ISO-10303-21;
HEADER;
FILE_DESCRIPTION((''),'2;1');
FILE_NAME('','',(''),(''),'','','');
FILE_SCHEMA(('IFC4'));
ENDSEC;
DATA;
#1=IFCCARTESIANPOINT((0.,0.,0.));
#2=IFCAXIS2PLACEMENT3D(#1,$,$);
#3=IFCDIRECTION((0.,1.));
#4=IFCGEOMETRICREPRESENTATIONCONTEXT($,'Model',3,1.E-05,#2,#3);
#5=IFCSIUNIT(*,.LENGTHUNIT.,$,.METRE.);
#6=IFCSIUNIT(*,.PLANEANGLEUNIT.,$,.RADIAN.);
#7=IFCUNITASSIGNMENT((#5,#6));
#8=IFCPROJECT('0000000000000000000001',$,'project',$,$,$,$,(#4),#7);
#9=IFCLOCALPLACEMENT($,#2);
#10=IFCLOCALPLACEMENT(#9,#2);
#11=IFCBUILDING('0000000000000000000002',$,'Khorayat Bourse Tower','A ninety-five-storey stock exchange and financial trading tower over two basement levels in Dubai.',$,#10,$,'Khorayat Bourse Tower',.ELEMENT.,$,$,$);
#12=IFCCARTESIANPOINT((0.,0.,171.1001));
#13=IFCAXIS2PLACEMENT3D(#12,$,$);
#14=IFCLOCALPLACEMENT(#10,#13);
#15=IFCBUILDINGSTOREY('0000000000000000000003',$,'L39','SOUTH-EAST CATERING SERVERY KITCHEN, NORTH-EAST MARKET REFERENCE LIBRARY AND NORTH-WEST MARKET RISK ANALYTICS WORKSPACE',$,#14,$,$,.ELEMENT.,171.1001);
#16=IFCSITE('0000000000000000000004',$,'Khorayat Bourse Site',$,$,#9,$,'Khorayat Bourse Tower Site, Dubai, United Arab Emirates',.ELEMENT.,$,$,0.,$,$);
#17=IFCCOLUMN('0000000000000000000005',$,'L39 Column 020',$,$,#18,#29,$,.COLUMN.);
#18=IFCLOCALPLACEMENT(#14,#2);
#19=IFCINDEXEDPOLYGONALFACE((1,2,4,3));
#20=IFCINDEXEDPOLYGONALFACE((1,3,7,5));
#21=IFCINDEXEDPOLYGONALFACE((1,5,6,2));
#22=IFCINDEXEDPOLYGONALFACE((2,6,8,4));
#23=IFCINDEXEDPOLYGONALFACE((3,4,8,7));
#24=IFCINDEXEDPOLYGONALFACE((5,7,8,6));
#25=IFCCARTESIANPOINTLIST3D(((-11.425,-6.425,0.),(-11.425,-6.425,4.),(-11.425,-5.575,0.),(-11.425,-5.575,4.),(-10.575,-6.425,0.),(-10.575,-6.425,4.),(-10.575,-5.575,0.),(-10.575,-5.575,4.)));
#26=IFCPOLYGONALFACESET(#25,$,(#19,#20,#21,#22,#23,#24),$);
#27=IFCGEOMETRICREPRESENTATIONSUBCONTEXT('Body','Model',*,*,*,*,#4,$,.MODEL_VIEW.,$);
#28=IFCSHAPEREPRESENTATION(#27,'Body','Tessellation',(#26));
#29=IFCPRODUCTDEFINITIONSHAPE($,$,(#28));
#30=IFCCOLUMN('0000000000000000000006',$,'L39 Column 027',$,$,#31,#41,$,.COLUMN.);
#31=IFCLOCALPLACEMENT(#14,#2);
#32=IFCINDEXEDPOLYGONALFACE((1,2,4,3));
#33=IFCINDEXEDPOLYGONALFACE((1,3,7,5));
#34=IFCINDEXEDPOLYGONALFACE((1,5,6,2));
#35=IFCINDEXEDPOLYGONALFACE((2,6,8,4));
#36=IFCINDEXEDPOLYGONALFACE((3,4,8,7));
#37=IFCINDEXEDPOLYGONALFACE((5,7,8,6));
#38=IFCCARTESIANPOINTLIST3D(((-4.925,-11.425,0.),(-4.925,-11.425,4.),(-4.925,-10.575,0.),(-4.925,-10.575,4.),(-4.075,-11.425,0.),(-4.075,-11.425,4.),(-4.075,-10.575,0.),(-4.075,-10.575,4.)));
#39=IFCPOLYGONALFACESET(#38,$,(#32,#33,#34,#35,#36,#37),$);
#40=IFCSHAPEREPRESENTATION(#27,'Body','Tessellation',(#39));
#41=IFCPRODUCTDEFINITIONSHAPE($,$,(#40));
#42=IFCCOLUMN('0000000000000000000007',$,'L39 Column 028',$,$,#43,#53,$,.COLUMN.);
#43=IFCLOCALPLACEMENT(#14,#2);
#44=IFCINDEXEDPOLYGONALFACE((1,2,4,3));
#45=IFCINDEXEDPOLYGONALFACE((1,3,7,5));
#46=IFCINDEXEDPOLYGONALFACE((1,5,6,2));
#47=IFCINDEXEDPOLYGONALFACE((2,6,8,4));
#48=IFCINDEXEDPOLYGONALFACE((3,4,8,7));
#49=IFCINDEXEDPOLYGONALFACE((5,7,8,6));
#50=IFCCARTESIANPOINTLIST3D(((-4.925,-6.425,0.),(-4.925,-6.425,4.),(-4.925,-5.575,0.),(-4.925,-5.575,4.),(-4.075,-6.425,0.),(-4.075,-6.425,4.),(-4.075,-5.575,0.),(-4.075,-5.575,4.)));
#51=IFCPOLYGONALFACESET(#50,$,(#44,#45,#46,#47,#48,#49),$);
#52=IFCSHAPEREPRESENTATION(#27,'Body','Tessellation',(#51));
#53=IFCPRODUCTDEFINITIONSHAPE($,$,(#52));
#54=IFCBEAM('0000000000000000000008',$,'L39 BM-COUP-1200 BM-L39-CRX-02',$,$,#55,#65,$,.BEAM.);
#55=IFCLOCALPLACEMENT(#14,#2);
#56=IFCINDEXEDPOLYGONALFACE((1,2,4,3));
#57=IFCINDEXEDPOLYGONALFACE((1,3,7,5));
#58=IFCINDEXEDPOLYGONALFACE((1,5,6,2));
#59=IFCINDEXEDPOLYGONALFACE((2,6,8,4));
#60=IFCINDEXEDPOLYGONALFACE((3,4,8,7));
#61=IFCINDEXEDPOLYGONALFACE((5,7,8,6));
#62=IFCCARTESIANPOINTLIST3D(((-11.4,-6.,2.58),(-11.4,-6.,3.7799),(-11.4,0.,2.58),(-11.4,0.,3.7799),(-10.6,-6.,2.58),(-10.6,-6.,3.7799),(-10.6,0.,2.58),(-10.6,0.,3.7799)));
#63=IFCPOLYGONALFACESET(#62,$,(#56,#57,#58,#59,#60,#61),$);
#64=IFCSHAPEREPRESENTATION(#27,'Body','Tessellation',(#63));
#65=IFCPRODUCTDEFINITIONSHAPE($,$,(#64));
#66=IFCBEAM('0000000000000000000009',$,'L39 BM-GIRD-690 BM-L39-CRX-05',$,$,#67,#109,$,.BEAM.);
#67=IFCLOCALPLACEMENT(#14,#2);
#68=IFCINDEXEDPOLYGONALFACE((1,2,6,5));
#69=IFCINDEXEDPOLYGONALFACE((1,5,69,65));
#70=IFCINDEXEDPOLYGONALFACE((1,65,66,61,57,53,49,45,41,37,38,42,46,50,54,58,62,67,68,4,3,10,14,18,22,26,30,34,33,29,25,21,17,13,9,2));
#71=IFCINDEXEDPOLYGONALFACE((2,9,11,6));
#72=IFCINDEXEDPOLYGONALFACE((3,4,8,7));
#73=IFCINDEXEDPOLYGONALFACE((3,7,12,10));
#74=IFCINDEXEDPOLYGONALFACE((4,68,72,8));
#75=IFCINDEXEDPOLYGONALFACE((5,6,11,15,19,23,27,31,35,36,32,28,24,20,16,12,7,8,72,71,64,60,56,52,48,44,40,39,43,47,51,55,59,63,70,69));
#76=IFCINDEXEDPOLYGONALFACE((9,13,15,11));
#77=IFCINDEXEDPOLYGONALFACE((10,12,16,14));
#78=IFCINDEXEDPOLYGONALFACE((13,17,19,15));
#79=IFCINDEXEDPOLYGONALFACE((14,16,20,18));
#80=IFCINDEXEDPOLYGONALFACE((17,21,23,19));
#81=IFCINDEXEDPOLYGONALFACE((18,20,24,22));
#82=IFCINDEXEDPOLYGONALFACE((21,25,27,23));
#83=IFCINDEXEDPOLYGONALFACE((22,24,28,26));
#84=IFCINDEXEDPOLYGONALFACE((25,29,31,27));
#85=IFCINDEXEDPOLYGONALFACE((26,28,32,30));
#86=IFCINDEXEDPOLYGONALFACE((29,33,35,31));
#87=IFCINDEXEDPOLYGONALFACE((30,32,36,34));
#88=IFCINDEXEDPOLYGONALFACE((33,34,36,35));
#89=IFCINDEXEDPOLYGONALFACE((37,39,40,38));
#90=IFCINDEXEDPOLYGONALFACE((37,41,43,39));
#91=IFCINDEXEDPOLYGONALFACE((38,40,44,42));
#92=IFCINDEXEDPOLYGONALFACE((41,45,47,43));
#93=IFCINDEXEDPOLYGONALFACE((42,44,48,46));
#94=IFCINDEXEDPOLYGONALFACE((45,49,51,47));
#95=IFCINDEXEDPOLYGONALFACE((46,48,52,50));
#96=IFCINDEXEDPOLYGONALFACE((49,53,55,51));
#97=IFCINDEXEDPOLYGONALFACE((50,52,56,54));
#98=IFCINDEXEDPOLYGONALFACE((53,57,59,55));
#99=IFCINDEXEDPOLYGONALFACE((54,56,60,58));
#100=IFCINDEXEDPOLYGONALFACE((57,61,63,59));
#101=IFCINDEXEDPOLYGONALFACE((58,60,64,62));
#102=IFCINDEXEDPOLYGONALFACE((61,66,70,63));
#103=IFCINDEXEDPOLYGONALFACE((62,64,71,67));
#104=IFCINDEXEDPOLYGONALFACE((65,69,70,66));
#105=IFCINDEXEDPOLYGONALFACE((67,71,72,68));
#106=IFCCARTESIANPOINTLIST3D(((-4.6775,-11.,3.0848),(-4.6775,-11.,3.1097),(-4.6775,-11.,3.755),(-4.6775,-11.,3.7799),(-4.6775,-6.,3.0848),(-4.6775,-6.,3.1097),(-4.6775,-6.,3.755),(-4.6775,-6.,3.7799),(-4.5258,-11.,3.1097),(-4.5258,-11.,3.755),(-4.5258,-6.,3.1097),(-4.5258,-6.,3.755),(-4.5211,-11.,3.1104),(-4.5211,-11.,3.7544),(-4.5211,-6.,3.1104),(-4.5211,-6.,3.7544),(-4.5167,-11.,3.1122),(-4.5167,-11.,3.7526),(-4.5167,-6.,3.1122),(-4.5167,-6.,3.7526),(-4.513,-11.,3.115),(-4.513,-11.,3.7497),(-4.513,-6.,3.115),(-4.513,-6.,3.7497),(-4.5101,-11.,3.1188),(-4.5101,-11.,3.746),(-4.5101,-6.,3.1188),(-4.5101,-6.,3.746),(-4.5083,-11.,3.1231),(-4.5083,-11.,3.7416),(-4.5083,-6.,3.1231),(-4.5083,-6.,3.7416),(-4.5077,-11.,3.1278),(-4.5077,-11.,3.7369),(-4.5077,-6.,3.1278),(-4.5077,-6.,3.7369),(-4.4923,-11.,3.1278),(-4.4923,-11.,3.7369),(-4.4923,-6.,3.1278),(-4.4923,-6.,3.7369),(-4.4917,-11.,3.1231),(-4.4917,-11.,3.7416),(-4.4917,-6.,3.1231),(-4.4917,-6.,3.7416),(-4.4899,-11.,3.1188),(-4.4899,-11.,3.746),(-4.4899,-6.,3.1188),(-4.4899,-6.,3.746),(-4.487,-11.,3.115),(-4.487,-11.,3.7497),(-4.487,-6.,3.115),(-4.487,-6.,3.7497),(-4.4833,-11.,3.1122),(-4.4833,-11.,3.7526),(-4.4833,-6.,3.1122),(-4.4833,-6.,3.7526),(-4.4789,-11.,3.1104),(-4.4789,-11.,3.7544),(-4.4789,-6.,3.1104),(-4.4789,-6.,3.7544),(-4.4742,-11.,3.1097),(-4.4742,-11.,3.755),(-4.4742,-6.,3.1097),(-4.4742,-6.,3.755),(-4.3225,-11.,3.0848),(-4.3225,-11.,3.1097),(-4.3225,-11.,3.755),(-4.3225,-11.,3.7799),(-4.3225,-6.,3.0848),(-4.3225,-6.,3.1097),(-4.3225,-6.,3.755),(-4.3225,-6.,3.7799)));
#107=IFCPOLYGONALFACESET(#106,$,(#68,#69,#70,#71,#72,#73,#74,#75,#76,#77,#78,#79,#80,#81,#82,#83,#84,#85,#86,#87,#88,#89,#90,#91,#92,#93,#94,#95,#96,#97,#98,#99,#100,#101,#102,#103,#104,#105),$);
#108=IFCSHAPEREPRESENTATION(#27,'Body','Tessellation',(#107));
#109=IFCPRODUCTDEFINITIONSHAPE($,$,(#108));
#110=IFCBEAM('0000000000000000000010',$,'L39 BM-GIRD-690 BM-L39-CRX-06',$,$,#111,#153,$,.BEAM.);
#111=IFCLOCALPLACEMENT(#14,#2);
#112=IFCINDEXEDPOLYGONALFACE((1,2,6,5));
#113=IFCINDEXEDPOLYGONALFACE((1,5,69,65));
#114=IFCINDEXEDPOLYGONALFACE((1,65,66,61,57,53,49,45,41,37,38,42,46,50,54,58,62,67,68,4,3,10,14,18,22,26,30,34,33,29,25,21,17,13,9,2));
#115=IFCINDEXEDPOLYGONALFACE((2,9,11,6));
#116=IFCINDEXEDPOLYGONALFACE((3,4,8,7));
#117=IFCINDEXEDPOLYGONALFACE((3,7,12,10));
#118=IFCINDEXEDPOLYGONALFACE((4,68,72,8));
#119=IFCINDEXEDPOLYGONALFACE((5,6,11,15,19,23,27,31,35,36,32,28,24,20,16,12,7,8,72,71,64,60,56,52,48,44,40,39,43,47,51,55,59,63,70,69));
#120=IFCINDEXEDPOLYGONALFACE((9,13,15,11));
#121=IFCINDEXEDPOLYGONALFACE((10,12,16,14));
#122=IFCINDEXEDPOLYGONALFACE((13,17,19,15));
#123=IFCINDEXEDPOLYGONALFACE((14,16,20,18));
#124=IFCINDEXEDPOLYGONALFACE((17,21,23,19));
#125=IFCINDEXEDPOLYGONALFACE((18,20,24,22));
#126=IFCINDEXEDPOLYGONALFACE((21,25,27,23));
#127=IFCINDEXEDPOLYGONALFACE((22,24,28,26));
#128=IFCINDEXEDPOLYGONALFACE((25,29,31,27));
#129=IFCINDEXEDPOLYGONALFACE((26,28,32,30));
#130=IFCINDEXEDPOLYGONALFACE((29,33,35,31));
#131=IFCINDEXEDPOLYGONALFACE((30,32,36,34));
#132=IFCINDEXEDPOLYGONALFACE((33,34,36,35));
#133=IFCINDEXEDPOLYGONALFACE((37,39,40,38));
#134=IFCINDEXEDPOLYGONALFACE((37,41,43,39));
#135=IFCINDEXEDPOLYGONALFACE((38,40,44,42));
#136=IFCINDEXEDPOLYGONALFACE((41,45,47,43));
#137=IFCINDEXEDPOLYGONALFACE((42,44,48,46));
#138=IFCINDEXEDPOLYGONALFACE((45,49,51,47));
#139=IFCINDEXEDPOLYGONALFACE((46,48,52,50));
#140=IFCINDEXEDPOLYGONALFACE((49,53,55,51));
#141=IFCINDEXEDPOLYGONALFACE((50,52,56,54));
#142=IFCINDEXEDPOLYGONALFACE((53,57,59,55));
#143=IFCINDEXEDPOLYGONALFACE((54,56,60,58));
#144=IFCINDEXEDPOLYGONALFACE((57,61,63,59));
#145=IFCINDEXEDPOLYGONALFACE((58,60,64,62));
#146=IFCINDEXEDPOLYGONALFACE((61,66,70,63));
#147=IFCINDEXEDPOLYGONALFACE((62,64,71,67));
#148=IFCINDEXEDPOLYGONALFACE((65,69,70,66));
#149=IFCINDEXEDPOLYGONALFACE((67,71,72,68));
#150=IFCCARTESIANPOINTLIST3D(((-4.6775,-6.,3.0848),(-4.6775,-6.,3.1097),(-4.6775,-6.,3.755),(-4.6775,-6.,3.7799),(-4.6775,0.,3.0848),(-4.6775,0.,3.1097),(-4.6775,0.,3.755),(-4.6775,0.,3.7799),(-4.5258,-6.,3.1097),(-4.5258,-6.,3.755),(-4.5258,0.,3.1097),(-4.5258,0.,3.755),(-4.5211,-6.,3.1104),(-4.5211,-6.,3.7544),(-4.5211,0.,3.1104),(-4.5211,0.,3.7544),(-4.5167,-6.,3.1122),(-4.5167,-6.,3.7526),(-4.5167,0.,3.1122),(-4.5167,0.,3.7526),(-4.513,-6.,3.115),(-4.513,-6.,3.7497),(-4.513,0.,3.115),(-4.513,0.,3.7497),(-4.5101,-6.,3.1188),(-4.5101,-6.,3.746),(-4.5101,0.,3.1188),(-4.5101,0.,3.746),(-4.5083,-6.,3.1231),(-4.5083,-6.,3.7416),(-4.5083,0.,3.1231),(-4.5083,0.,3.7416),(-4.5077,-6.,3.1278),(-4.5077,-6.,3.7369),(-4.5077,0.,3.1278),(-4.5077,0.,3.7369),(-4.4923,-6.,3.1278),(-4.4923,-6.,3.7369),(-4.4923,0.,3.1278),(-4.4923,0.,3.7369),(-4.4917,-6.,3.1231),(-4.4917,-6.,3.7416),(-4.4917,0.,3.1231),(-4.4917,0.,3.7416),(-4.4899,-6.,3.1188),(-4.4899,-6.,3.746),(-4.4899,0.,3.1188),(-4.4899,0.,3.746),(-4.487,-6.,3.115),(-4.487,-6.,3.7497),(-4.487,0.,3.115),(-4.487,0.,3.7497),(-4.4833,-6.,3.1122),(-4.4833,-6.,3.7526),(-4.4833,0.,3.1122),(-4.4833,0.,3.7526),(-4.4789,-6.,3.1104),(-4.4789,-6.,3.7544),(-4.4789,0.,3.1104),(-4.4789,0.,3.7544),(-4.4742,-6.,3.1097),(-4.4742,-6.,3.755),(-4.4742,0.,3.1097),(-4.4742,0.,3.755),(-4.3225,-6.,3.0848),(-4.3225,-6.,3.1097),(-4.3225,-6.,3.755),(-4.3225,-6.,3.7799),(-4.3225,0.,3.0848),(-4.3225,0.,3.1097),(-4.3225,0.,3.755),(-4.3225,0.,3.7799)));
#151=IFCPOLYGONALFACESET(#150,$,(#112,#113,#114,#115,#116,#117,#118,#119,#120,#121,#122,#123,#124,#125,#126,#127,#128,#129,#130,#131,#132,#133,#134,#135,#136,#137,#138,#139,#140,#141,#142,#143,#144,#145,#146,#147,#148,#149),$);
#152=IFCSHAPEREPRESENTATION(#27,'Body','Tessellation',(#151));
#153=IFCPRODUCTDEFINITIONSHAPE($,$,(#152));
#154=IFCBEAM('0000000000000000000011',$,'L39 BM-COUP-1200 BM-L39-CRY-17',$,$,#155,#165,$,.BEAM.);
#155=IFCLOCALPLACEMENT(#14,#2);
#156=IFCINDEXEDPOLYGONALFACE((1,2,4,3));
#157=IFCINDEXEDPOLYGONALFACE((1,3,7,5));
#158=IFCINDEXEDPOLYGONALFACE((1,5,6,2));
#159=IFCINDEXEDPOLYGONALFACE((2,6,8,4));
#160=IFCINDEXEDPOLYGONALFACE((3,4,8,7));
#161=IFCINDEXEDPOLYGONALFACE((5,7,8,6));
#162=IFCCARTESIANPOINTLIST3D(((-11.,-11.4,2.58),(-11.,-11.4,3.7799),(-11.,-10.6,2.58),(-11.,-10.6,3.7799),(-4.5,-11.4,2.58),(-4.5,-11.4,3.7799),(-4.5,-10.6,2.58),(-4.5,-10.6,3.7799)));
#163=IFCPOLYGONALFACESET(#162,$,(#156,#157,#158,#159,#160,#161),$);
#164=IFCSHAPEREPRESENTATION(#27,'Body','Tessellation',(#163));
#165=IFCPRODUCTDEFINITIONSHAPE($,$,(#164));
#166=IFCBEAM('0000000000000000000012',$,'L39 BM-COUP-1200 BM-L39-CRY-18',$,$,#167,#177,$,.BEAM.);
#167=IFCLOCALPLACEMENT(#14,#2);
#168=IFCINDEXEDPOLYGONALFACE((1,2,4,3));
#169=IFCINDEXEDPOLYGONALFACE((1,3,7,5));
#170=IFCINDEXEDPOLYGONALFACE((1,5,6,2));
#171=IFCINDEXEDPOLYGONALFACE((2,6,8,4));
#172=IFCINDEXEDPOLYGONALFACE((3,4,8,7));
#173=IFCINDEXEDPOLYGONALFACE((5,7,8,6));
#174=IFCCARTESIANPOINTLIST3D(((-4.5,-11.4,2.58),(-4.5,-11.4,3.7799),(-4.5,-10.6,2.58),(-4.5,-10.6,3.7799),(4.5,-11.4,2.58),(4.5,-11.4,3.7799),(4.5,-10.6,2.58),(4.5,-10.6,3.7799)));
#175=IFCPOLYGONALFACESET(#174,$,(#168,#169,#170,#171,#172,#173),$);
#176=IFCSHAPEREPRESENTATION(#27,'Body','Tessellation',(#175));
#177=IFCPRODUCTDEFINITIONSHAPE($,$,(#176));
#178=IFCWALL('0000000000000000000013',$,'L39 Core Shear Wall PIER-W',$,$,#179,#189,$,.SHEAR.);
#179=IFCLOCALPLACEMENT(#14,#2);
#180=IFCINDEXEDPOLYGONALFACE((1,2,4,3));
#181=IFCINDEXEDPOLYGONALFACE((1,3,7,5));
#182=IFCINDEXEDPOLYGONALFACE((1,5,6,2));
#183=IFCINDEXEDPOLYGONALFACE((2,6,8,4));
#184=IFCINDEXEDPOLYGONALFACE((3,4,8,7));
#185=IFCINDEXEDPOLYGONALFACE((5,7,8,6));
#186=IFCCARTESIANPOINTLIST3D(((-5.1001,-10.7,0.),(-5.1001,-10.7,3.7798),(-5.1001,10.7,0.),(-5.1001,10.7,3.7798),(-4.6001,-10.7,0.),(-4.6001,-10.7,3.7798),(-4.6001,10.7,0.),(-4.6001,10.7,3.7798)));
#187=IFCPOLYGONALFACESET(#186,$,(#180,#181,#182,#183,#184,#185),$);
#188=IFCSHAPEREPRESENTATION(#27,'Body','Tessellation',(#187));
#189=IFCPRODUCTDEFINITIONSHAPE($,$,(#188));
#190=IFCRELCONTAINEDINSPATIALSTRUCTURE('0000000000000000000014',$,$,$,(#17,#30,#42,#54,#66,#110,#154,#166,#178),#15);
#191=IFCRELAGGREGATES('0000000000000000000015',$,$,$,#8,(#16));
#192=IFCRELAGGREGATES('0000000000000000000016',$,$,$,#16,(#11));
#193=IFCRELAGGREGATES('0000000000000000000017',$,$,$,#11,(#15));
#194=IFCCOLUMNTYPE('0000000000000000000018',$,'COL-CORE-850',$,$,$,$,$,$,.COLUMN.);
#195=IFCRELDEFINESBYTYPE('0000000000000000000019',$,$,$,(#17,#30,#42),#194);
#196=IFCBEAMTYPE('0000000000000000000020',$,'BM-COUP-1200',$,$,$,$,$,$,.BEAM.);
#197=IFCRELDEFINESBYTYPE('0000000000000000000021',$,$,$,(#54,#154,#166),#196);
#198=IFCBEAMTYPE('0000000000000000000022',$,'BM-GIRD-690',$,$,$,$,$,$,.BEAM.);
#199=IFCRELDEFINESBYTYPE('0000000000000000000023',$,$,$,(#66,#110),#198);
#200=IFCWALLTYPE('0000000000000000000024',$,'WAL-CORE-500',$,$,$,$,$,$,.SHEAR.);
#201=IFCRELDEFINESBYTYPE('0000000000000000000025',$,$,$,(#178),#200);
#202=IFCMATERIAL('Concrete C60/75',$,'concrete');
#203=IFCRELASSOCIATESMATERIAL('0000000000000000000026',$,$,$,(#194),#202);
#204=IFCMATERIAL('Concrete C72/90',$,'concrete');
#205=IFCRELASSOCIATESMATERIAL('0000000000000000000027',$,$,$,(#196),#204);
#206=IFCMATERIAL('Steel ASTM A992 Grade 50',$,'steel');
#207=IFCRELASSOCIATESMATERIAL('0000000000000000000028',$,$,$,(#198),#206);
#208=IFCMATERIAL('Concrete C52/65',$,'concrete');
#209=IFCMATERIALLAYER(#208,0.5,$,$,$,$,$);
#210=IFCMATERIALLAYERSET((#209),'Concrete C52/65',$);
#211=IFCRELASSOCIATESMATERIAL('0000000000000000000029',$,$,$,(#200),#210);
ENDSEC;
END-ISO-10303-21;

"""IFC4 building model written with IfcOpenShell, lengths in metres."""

from ifc_helpers import new_model, si_unit, direction, frame, frame_2d, origin, origin_2d, place, context, subcontext, project, spatial, rectangle, i_section, extrude, source, transform, mapped, material, layer, layer_set, material_profile, profile_set, type_object, element, save


model = new_model("IFC4")

# Units and contexts
model_context = context("Model", 3, precision=1e-05, world=origin(), true_north=direction((0.0, 1.0)))
body_context = subcontext(model_context, "Body", "Model", "MODEL_VIEW")
ifc_project = project(units=[si_unit("LENGTHUNIT", "METRE"), si_unit("PLANEANGLEUNIT", "RADIAN")], contexts=[model_context])

# Site, building, storey
site_placement = place(None, origin())
site = spatial("IfcSite", under=ifc_project, at=site_placement, Name="Khorayat Bourse Site", LongName="Khorayat Bourse Tower Site, Dubai, United Arab Emirates", CompositionType="ELEMENT", RefElevation=0.0)
building_placement = place(site_placement, origin())
building = spatial("IfcBuilding", under=site, at=building_placement, Name="Khorayat Bourse Tower", Description="A ninety-five-storey stock exchange and financial trading tower over two basement levels in Dubai.", LongName="Khorayat Bourse Tower", CompositionType="ELEMENT")
storey_placement = place(building_placement, frame((0.0, 0.0, 171.1001)))
storey = spatial("IfcBuildingStorey", under=building, at=storey_placement, Name="L39", Description="SOUTH-EAST CATERING SERVERY KITCHEN, NORTH-EAST MARKET REFERENCE LIBRARY AND NORTH-WEST MARKET RISK ANALYTICS WORKSPACE", CompositionType="ELEMENT", Elevation=171.1001)

# Columns
ifc_material_1 = material(Name="Concrete C60/75", Category="concrete")
ifc_material_profile_1 = material_profile(ifc_material_1, rectangle(XDim=0.8501, YDim=0.8501, at=origin_2d()), Name="RC 850x850")
ifc_profile_set_1 = profile_set([ifc_material_profile_1], Name="Concrete C60/75")
column_type = type_object("IfcColumnType", Name="COL-CORE-850", PredefinedType="COLUMN", material=ifc_profile_set_1)
shared_shape_1 = source(origin(), body_context, "Body", "SweptSolid", [
    extrude(rectangle(XDim=0.8501, YDim=0.8501, at=origin_2d()), origin(), (0.0, 0.0, 1.0), 4.0),
])
for number, where, z_axis, x_axis, name in (
    (1, (-11.0, -6.0, 0.0), (0.0, 0.0, 1.0), (1.0, 0.0, 0.0), "L39 Column 020"),
    (2, (-4.5, -11.0, 0.0), (0.0, 0.0, 1.0), (1.0, 0.0, 0.0), "L39 Column 027"),
    (3, (-4.5, -6.0, 0.0), (0.0, 0.0, 1.0), (1.0, 0.0, 0.0), "L39 Column 028"),
):
    element("IfcColumn", number, at=place(storey_placement, frame(where, z_axis=z_axis, x_axis=x_axis)), inside=storey, type_object=column_type, Name=name, PredefinedType="COLUMN", context=body_context, shape_type="MappedRepresentation", body=[
        mapped(shared_shape_1, transform((0.0, 0.0, 0.0), scale=1.0)),
    ])

# Beams
ifc_material_2 = material(Name="Concrete C72/90", Category="concrete")
ifc_material_profile_2 = material_profile(ifc_material_2, rectangle(XDim=0.8, YDim=1.2, at=origin_2d()), Name="RC 800x1200")
ifc_profile_set_2 = profile_set([ifc_material_profile_2], Name="Concrete C72/90")
beam_type_1 = type_object("IfcBeamType", Name="BM-COUP-1200", PredefinedType="BEAM", material=ifc_profile_set_2)
shared_shape_2 = source(origin(), body_context, "Body", "SweptSolid", [
    extrude(rectangle(XDim=0.8, YDim=1.2, at=origin_2d()), origin(), (0.0, 0.0, 1.0), 6.0),
])
beam_1_placement = place(storey_placement, frame((-11.0, -6.0, 3.1799), z_axis=(0.0, 1.0, 0.0), x_axis=(-1.0, 0.0, 0.0)))
element("IfcBeam", 4, at=beam_1_placement, inside=storey, type_object=beam_type_1, Name="L39 BM-COUP-1200 BM-L39-CRX-02", PredefinedType="BEAM", context=body_context, shape_type="MappedRepresentation", body=[
    mapped(shared_shape_2, transform((0.0, 0.0, 0.0), scale=1.0)),
])
ifc_material_3 = material(Name="Steel ASTM A992 Grade 50", Category="steel")
ifc_material_profile_3 = material_profile(ifc_material_3, i_section(OverallWidth=0.355, OverallDepth=0.6951, WebThickness=0.0154, FlangeThickness=0.0249, FilletRadius=0.0181, at=origin_2d()), Name="W690X217")
ifc_profile_set_3 = profile_set([ifc_material_profile_3], Name="Steel ASTM A992 Grade 50")
beam_type_2 = type_object("IfcBeamType", Name="BM-GIRD-690", PredefinedType="BEAM", material=ifc_profile_set_3)
shared_shape_3 = source(origin(), body_context, "Body", "SweptSolid", [
    extrude(i_section(OverallWidth=0.355, OverallDepth=0.6951, WebThickness=0.0154, FlangeThickness=0.0249, FilletRadius=0.0181, at=origin_2d()), origin(), (0.0, 0.0, 1.0), 5.0),
])
beam_2_placement = place(storey_placement, frame((-4.5, -11.0, 3.4324), z_axis=(0.0, 1.0, 0.0), x_axis=(-1.0, 0.0, 0.0)))
element("IfcBeam", 5, at=beam_2_placement, inside=storey, type_object=beam_type_2, Name="L39 BM-GIRD-690 BM-L39-CRX-05", PredefinedType="BEAM", context=body_context, shape_type="MappedRepresentation", body=[
    mapped(shared_shape_3, transform((0.0, 0.0, 0.0), scale=1.0)),
])
shared_shape_4 = source(origin(), body_context, "Body", "SweptSolid", [
    extrude(i_section(OverallWidth=0.355, OverallDepth=0.6951, WebThickness=0.0154, FlangeThickness=0.0249, FilletRadius=0.0181, at=origin_2d()), origin(), (0.0, 0.0, 1.0), 6.0),
])
beam_3_placement = place(storey_placement, frame((-4.5, -6.0, 3.4324), z_axis=(0.0, 1.0, 0.0), x_axis=(-1.0, 0.0, 0.0)))
element("IfcBeam", 6, at=beam_3_placement, inside=storey, type_object=beam_type_2, Name="L39 BM-GIRD-690 BM-L39-CRX-06", PredefinedType="BEAM", context=body_context, shape_type="MappedRepresentation", body=[
    mapped(shared_shape_4, transform((0.0, 0.0, 0.0), scale=1.0)),
])
shared_shape_5 = source(origin(), body_context, "Body", "SweptSolid", [
    extrude(rectangle(XDim=0.8, YDim=1.2, at=origin_2d()), origin(), (0.0, 0.0, 1.0), 6.5),
])
beam_4_placement = place(storey_placement, frame((-11.0, -11.0, 3.1799), z_axis=(1.0, 0.0, 0.0), x_axis=(0.0, 1.0, 0.0)))
element("IfcBeam", 7, at=beam_4_placement, inside=storey, type_object=beam_type_1, Name="L39 BM-COUP-1200 BM-L39-CRY-17", PredefinedType="BEAM", context=body_context, shape_type="MappedRepresentation", body=[
    mapped(shared_shape_5, transform((0.0, 0.0, 0.0), scale=1.0)),
])
shared_shape_6 = source(origin(), body_context, "Body", "SweptSolid", [
    extrude(rectangle(XDim=0.8, YDim=1.2, at=origin_2d()), origin(), (0.0, 0.0, 1.0), 9.0),
])
beam_5_placement = place(storey_placement, frame((-4.5, -11.0, 3.1799), z_axis=(1.0, 0.0, 0.0), x_axis=(0.0, 1.0, 0.0)))
element("IfcBeam", 8, at=beam_5_placement, inside=storey, type_object=beam_type_1, Name="L39 BM-COUP-1200 BM-L39-CRY-18", PredefinedType="BEAM", context=body_context, shape_type="MappedRepresentation", body=[
    mapped(shared_shape_6, transform((0.0, 0.0, 0.0), scale=1.0)),
])

# Wall
ifc_material_4 = material(Name="Concrete C52/65", Category="concrete")
ifc_layer_1 = layer(ifc_material_4, 0.5)
ifc_layer_set_1 = layer_set([ifc_layer_1], Name="Concrete C52/65")
wall_type_1 = type_object("IfcWallType", Name="WAL-CORE-500", PredefinedType="SHEAR", material=ifc_layer_set_1)
shared_shape_7 = source(origin(), body_context, "Body", "SweptSolid", [
    extrude(rectangle(XDim=21.3999, YDim=0.5, at=frame_2d((10.7, 0.0))), origin(), (0.0, 0.0, 1.0), 3.7798),
])
wall_1_placement = place(storey_placement, frame((-4.8501, -10.7, 0.0), z_axis=(0.0, 0.0, 1.0), x_axis=(0.0, 1.0, 0.0)))
element("IfcWall", 9, at=wall_1_placement, inside=storey, type_object=wall_type_1, Name="L39 Core Shear Wall PIER-W", PredefinedType="SHEAR", context=body_context, shape_type="MappedRepresentation", body=[
    mapped(shared_shape_7, transform((0.0, 0.0, 0.0), scale=1.0)),
])

save(model, "model.ifc")
